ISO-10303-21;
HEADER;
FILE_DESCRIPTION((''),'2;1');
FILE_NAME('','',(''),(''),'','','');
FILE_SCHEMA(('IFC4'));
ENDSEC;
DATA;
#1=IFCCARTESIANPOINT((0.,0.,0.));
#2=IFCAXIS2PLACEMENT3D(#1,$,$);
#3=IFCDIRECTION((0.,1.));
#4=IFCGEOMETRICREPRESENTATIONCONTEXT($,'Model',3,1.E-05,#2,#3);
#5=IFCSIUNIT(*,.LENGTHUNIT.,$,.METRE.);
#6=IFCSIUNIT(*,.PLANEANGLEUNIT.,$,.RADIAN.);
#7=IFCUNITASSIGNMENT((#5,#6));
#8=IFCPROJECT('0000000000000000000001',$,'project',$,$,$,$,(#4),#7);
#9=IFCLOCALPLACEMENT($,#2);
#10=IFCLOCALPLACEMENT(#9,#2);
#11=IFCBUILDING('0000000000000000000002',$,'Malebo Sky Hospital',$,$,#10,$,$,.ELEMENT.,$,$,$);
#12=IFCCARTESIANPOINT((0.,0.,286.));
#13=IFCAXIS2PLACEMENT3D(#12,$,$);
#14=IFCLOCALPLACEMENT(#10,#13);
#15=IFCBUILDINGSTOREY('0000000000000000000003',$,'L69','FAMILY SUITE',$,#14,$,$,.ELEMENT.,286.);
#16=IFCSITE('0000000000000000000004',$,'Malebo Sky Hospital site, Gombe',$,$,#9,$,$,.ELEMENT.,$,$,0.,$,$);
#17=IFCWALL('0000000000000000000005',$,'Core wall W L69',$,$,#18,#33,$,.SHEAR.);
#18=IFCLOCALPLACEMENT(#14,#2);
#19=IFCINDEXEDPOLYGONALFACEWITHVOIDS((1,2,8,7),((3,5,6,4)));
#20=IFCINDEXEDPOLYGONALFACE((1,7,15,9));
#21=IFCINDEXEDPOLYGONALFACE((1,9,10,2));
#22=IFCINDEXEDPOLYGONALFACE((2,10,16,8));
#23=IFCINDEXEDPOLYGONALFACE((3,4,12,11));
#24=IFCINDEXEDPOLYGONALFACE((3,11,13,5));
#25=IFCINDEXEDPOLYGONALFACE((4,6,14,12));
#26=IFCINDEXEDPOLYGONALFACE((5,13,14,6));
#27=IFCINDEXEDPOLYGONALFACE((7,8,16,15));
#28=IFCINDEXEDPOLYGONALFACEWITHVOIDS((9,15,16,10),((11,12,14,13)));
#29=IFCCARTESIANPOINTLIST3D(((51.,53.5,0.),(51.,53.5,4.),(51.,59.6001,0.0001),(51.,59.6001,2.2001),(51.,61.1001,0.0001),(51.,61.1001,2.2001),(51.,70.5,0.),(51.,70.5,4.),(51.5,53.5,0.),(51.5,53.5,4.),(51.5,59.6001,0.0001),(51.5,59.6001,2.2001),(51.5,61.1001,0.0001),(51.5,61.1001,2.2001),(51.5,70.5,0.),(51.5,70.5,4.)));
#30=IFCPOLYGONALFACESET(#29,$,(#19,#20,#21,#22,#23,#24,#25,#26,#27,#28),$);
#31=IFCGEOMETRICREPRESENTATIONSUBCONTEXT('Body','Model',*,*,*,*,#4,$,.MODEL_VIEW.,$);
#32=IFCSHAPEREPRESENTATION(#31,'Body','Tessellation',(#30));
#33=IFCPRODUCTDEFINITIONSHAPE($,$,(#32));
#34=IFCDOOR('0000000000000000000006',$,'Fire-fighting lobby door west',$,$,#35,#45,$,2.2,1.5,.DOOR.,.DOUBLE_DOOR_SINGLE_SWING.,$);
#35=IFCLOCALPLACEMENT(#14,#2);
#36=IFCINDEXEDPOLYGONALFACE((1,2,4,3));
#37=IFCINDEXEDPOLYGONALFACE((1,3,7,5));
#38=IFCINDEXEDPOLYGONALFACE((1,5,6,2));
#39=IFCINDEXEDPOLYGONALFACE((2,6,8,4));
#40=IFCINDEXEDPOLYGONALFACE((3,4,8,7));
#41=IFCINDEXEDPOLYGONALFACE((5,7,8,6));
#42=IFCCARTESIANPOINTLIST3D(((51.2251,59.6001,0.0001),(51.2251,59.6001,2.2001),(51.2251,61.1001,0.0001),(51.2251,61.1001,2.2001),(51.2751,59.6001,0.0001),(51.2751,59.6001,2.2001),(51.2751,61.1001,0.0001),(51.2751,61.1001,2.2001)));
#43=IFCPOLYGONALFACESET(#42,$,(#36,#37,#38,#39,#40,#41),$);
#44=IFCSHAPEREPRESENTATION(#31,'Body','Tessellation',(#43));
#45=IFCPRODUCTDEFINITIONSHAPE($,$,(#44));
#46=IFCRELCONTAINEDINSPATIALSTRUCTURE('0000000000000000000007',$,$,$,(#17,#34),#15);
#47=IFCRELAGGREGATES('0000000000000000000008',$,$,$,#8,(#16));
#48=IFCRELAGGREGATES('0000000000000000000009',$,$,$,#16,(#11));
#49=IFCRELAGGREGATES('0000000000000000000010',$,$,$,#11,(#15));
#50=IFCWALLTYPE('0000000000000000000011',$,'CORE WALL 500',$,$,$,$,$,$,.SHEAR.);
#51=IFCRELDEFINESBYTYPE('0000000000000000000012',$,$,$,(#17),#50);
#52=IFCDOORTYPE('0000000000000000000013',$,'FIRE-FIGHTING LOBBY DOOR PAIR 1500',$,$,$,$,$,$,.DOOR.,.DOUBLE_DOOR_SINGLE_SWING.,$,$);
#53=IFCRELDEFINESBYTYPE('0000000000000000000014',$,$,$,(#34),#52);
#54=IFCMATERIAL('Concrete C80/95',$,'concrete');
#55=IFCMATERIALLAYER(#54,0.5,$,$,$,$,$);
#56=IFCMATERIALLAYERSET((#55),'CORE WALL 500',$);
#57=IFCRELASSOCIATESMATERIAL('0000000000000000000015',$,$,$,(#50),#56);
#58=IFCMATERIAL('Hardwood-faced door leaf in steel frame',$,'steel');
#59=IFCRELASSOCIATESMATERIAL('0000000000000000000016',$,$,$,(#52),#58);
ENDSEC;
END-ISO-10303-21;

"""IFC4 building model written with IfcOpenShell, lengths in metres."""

from ifc_helpers import new_model, si_unit, direction, frame, frame_2d, origin, place, context, subcontext, project, spatial, rectangle, extrude, material, layer, layer_set, type_object, element, fill, save


model = new_model("IFC4")

# Units and contexts
model_context = context("Model", 3, precision=1e-05, world=origin(), true_north=direction((0.0, 1.0)))
body_context = subcontext(model_context, "Body", "Model", "MODEL_VIEW")
ifc_project = project(units=[si_unit("LENGTHUNIT", "METRE"), si_unit("PLANEANGLEUNIT", "RADIAN")], contexts=[model_context])

# Site, building, storey
site_placement = place(None, origin())
site = spatial("IfcSite", under=ifc_project, at=site_placement, Name="Malebo Sky Hospital site, Gombe", CompositionType="ELEMENT", RefElevation=0.0)
building_placement = place(site_placement, origin())
building = spatial("IfcBuilding", under=site, at=building_placement, Name="Malebo Sky Hospital", CompositionType="ELEMENT")
storey_placement = place(building_placement, frame((0.0, 0.0, 286.0)))
storey = spatial("IfcBuildingStorey", under=building, at=storey_placement, Name="L69", Description="FAMILY SUITE", CompositionType="ELEMENT", Elevation=286.0)

# Wall, opening, door
ifc_material_1 = material(Name="Concrete C80/95", Category="concrete")
ifc_layer = layer(ifc_material_1, 0.5)
ifc_layer_set = layer_set([ifc_layer], Name="CORE WALL 500")
wall_type = type_object("IfcWallType", Name="CORE WALL 500", PredefinedType="SHEAR", material=ifc_layer_set)
ifc_material_2 = material(Name="Hardwood-faced door leaf in steel frame", Category="steel")
wall_1_placement = place(storey_placement, frame((51.25, 53.5, 0.0), z_axis=(0.0, 0.0, 1.0), x_axis=(0.0, 1.0, 0.0)))
wall_1 = element("IfcWall", 1, at=wall_1_placement, inside=storey, type_object=wall_type, Name="Core wall W L69", PredefinedType="SHEAR", context=body_context, shape_type="SweptSolid", body=[
    extrude(rectangle(XDim=17.0, YDim=0.5, at=frame_2d((8.5, 0.0))), origin(), (0.0, 0.0, 1.0), 4.0),
])
opening_1_placement = place(wall_1_placement, frame((6.1001, 0.0, 0.0)))
opening_1 = element("IfcOpeningElement", 2, at=opening_1_placement, cuts=wall_1, PredefinedType="OPENING", context=body_context, shape_type="SweptSolid", body=[
    extrude(rectangle(XDim=1.5, YDim=2.2, at=frame_2d((0.75, 1.1001))), frame((0.0, 0.26, 0.0), z_axis=(0.0, -1.0, 0.0), x_axis=(1.0, 0.0, 0.0)), (0.0, 0.0, 1.0), 0.52),
])
door_type_1 = type_object("IfcDoorType", Name="FIRE-FIGHTING LOBBY DOOR PAIR 1500", OperationType="DOUBLE_DOOR_SINGLE_SWING", PredefinedType="DOOR", material=ifc_material_2)
door_1_placement = place(opening_1_placement, origin())
door_1 = element("IfcDoor", 3, at=door_1_placement, inside=storey, type_object=door_type_1, Name="Fire-fighting lobby door west", OperationType="DOUBLE_DOOR_SINGLE_SWING", OverallHeight=2.2, OverallWidth=1.5, PredefinedType="DOOR", context=body_context, shape_type="SweptSolid", body=[
    extrude(rectangle(XDim=1.5, YDim=2.2, at=frame_2d((0.75, 1.1001))), frame((0.0, 0.0249, 0.0), z_axis=(0.0, -1.0, 0.0), x_axis=(1.0, 0.0, 0.0)), (0.0, 0.0, 1.0), 0.05),
])
fill(opening_1, door_1)

save(model, "model.ifc")
